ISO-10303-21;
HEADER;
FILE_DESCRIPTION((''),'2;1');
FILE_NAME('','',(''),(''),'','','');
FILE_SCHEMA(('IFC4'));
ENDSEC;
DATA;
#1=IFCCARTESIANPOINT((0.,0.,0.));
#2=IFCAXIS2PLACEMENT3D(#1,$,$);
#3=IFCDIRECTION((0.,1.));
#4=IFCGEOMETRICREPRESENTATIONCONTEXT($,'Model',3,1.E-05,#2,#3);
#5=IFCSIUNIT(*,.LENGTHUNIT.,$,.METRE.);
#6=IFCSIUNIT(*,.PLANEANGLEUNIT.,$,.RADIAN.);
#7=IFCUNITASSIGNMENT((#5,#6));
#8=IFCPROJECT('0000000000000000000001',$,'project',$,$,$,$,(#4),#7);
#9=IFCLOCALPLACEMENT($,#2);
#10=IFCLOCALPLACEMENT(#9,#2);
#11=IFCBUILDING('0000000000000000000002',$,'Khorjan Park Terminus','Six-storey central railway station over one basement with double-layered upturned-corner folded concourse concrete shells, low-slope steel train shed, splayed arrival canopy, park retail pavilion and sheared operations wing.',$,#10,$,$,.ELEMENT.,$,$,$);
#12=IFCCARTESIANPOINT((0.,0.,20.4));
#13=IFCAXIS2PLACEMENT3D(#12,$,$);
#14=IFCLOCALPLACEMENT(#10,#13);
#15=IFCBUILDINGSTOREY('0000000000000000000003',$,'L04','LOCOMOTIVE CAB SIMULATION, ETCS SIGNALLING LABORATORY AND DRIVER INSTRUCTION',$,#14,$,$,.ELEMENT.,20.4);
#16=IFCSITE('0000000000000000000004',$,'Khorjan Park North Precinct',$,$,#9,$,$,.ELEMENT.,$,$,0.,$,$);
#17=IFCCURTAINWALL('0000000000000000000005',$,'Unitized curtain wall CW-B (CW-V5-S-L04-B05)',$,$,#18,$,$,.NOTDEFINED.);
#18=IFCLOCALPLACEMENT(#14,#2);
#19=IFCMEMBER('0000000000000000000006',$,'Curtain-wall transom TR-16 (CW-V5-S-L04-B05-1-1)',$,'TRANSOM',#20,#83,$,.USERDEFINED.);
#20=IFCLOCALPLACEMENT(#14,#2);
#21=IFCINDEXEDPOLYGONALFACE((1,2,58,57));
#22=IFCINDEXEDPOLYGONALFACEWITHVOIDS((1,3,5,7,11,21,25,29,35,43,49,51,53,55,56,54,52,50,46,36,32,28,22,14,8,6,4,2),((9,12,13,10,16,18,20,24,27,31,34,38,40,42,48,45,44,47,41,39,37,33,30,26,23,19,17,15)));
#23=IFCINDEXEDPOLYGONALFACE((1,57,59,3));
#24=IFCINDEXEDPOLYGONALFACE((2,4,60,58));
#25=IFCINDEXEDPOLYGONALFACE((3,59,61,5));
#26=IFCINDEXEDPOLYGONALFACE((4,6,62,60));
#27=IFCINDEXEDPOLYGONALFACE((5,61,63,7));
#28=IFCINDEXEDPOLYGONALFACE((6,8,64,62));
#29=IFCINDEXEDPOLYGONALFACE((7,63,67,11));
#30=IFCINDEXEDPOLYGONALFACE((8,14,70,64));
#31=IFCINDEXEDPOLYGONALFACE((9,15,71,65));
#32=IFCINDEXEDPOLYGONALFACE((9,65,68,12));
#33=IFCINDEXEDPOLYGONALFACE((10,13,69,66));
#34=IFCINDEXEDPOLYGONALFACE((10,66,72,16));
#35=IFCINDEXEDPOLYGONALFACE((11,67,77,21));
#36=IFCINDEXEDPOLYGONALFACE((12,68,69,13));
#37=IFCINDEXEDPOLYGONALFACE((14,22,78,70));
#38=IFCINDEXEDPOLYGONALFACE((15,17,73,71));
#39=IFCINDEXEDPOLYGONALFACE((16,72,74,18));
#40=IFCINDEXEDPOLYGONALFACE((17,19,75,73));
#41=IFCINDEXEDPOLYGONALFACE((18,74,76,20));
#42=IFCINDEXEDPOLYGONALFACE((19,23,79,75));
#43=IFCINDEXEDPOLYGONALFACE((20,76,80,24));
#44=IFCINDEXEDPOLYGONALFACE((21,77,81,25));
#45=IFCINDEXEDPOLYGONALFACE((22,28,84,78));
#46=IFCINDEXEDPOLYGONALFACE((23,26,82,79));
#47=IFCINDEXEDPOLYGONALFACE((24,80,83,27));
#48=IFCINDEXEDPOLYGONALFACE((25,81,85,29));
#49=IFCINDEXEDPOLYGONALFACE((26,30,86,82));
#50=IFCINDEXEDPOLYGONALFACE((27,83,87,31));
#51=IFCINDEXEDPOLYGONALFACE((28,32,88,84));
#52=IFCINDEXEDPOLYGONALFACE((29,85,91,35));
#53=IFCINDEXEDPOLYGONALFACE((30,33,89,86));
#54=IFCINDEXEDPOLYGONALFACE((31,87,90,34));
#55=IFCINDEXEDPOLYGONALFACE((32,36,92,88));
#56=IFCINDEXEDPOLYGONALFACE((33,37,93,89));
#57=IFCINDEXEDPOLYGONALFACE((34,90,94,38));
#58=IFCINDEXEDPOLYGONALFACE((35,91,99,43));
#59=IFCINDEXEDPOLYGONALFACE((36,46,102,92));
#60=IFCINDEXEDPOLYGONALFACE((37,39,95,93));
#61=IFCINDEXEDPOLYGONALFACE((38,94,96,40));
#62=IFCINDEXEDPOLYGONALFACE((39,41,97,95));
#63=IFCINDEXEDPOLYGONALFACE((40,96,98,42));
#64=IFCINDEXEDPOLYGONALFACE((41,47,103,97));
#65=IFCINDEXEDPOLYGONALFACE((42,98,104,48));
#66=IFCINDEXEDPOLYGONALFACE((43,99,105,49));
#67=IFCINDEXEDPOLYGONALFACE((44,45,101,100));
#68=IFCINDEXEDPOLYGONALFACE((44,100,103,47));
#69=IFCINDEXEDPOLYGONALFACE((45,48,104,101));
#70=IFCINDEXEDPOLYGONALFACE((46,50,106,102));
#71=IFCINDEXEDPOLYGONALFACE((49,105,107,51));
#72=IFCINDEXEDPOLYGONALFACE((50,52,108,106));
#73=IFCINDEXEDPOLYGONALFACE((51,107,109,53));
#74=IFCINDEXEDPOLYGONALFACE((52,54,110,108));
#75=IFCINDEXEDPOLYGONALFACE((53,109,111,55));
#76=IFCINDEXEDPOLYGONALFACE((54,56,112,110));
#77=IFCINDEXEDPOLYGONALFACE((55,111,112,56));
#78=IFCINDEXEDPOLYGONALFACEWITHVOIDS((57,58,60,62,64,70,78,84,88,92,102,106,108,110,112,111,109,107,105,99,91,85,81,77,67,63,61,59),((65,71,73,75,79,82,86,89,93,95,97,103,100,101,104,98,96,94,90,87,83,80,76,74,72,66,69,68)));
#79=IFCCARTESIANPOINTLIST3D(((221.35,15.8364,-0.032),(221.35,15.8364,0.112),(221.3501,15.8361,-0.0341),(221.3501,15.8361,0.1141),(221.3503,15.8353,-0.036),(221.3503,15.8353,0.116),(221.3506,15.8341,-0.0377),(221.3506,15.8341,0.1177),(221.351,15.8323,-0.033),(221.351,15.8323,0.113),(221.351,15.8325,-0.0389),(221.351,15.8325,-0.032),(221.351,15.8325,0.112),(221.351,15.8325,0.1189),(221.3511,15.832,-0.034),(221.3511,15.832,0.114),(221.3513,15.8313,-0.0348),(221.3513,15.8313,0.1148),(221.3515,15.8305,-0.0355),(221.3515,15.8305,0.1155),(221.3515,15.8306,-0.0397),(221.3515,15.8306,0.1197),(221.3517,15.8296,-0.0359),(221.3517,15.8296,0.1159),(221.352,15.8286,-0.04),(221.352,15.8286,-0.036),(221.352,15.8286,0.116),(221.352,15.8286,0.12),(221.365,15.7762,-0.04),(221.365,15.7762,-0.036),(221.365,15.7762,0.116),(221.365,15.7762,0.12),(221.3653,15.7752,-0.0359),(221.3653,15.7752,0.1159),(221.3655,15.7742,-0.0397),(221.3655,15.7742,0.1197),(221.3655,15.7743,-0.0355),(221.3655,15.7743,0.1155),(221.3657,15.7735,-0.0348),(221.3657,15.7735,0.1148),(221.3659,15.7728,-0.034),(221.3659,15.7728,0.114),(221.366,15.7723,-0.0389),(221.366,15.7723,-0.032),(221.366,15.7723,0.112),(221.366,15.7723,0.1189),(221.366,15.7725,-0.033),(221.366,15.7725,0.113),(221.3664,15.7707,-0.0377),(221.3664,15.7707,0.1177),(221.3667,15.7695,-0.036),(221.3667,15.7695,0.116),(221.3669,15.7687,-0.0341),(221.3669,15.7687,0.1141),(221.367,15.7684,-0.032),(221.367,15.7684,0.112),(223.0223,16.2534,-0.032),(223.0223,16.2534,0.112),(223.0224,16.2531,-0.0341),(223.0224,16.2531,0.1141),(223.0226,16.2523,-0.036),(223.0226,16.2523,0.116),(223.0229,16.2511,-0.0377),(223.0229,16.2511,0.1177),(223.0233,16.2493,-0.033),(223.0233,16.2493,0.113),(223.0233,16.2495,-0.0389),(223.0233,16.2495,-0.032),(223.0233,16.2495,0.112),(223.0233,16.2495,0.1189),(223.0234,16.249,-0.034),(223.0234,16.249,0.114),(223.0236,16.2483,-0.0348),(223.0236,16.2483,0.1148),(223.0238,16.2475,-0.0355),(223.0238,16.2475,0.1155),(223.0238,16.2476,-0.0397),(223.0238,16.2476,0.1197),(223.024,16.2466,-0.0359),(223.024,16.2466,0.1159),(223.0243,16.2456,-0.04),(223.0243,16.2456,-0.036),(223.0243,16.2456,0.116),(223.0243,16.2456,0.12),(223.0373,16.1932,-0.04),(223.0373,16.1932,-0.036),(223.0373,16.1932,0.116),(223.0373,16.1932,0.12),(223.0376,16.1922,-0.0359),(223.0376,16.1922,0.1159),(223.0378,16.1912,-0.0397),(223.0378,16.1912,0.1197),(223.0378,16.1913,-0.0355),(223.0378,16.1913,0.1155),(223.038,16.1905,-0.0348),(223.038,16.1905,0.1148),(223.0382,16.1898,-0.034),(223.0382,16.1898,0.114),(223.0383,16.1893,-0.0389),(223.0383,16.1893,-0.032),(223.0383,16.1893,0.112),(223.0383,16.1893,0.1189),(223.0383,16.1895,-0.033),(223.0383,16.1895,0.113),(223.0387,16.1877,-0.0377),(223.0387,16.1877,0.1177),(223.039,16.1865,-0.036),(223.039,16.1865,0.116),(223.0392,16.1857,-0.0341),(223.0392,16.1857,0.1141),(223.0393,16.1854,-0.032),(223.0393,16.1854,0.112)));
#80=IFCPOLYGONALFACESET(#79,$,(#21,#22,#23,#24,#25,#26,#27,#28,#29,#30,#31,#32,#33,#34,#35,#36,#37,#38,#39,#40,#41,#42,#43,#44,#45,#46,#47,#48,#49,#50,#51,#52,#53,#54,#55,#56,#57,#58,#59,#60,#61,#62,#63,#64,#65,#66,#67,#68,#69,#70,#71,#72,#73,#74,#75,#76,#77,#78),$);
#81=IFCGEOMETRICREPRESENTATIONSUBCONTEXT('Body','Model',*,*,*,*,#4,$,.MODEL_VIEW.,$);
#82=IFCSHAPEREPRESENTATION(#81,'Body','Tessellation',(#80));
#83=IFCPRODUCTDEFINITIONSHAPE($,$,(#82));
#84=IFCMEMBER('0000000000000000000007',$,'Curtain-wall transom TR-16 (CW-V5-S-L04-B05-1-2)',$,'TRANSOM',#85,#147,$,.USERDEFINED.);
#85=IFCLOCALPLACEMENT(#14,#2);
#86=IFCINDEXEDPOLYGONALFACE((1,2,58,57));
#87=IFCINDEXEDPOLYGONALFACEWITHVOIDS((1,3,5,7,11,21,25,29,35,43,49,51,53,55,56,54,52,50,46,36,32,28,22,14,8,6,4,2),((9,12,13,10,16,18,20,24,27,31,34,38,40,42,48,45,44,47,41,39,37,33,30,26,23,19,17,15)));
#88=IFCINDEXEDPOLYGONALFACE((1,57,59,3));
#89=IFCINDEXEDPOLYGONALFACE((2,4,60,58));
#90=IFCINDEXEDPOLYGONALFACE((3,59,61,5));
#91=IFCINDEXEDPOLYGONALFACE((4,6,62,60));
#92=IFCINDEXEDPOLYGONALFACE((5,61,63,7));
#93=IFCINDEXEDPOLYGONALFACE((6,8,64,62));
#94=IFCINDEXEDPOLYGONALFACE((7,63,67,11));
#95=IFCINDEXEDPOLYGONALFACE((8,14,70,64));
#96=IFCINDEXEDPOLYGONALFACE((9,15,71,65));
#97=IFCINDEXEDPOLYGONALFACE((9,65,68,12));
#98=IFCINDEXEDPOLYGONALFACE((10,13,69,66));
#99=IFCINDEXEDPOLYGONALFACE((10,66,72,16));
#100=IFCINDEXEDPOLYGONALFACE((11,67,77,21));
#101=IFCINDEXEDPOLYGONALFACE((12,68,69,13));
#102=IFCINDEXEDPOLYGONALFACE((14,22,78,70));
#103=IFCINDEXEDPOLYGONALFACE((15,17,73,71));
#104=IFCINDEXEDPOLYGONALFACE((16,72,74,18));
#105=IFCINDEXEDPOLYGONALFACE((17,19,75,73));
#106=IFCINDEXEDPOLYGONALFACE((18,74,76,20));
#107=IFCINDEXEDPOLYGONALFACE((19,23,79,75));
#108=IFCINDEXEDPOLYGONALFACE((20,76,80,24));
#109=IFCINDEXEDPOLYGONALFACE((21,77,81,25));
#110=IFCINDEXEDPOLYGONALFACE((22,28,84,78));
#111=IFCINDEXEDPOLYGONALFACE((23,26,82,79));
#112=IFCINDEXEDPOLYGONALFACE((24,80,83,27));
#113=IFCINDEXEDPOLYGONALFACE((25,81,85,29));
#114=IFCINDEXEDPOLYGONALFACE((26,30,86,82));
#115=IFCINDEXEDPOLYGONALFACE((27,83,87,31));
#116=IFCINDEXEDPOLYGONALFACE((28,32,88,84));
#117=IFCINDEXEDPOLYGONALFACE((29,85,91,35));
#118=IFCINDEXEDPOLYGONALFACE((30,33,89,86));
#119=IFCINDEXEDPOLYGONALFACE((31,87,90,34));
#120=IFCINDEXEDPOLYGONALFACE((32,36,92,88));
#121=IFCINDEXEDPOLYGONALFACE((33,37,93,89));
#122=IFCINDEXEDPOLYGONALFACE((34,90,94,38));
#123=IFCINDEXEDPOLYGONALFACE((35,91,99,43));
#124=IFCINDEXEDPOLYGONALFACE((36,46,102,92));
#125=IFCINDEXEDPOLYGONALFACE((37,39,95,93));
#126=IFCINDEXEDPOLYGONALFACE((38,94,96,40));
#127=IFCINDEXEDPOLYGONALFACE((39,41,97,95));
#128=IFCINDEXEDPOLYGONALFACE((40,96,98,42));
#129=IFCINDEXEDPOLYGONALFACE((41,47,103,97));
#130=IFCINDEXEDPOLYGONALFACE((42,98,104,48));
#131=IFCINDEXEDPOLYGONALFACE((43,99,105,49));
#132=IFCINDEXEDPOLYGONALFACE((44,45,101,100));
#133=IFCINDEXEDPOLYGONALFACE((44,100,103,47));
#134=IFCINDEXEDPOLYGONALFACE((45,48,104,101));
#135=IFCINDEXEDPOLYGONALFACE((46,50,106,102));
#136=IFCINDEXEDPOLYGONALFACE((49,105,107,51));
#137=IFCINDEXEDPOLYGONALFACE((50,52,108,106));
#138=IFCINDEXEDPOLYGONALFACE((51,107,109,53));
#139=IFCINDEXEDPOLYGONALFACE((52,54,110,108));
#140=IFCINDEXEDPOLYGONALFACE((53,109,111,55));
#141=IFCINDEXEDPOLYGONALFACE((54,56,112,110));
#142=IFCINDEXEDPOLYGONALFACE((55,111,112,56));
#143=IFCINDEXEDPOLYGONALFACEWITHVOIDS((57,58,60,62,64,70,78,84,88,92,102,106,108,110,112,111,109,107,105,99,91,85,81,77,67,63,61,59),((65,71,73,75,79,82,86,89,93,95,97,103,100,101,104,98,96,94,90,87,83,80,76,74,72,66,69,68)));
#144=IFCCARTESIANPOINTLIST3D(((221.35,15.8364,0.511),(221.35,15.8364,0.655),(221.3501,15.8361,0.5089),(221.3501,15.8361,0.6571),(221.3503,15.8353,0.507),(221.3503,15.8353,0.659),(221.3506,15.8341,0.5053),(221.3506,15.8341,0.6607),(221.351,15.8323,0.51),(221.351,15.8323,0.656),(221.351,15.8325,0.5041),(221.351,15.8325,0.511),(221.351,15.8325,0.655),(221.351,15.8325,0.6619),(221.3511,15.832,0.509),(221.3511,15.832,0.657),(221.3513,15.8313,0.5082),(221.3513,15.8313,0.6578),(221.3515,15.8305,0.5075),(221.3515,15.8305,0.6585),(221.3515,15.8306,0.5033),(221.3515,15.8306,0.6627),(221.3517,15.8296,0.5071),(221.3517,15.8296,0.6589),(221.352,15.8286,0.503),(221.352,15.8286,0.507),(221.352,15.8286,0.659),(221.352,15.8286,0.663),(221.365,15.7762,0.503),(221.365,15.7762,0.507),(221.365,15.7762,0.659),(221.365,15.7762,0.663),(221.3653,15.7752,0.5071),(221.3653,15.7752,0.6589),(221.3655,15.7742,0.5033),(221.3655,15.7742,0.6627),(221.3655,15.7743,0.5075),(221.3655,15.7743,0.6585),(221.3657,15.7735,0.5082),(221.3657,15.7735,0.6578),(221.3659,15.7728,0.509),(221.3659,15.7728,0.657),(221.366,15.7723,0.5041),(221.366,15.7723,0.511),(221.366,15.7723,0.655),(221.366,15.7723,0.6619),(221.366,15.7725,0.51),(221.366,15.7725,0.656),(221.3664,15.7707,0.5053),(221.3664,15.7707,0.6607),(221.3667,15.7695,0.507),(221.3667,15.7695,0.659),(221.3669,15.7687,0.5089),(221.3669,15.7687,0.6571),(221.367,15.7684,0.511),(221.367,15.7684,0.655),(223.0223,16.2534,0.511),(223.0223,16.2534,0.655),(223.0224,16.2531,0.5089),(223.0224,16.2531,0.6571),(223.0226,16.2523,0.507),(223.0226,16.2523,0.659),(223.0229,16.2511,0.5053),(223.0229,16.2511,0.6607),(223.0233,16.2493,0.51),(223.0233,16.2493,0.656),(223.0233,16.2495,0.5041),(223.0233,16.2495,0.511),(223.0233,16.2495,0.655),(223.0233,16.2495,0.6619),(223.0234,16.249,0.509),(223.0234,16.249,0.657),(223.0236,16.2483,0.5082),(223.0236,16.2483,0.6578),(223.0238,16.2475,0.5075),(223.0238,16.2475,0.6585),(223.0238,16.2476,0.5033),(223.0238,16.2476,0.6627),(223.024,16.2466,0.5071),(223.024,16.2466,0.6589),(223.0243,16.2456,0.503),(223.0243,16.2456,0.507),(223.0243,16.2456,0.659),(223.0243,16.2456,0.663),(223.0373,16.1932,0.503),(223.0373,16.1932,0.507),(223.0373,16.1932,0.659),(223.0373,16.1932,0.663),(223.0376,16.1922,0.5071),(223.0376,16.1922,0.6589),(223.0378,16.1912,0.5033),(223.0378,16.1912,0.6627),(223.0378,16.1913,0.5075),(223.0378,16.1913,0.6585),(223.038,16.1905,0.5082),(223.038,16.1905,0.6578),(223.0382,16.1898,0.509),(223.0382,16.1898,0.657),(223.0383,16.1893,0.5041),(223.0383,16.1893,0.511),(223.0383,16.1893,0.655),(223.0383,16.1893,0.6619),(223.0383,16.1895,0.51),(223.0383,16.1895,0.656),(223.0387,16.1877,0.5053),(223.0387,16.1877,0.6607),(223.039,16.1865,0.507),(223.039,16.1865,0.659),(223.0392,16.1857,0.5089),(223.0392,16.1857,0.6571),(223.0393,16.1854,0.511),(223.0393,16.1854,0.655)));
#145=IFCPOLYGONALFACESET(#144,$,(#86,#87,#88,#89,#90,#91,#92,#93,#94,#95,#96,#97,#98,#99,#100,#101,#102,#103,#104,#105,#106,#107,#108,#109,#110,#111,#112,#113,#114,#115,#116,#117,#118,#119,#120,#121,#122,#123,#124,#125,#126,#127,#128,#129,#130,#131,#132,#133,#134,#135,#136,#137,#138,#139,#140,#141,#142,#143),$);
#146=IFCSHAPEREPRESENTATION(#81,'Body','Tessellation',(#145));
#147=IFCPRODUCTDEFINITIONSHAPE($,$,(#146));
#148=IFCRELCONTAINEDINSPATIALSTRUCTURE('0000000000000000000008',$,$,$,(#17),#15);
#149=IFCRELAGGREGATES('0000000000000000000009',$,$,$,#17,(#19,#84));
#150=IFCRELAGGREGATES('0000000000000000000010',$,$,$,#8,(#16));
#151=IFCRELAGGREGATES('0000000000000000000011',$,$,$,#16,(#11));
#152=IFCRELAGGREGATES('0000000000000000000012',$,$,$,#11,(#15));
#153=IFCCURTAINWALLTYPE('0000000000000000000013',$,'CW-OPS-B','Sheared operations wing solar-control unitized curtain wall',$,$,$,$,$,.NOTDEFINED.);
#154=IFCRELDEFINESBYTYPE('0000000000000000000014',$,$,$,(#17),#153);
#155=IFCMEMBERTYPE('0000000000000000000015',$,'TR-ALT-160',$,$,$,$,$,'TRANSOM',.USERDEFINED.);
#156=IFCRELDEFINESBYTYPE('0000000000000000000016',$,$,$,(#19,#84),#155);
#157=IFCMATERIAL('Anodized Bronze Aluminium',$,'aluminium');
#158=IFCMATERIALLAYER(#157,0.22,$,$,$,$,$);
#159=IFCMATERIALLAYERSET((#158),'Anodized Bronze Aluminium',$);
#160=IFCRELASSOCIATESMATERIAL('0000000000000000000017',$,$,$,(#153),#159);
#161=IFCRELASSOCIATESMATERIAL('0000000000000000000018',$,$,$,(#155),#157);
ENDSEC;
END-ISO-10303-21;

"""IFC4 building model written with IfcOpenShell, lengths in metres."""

from ifc_helpers import new_model, si_unit, direction, frame, origin, origin_2d, place, context, subcontext, project, spatial, hollow_rectangle, extrude, material, layer, layer_set, material_profile, profile_set, type_object, element, aggregate, save


model = new_model("IFC4")

# Units and contexts
model_context = context("Model", 3, precision=1e-05, world=origin(), true_north=direction((0.0, 1.0)))
body_context = subcontext(model_context, "Body", "Model", "MODEL_VIEW")
ifc_project = project(units=[si_unit("LENGTHUNIT", "METRE"), si_unit("PLANEANGLEUNIT", "RADIAN")], contexts=[model_context])

# Site, building, storey
site_placement = place(None, origin())
site = spatial("IfcSite", under=ifc_project, at=site_placement, Name="Khorjan Park North Precinct", CompositionType="ELEMENT", RefElevation=0.0)
building_placement = place(site_placement, origin())
building = spatial("IfcBuilding", under=site, at=building_placement, Name="Khorjan Park Terminus", Description="Six-storey central railway station over one basement with double-layered upturned-corner folded concourse concrete shells, low-slope steel train shed, splayed arrival canopy, park retail pavilion and sheared operations wing.", CompositionType="ELEMENT")
storey_placement = place(building_placement, frame((0.0, 0.0, 20.4)))
storey = spatial("IfcBuildingStorey", under=building, at=storey_placement, Name="L04", Description="LOCOMOTIVE CAB SIMULATION, ETCS SIGNALLING LABORATORY AND DRIVER INSTRUCTION", CompositionType="ELEMENT", Elevation=20.4)

# Curtain wall, members
ifc_material_1 = material(Name="Anodized Bronze Aluminium", Category="aluminium")
ifc_layer_1 = layer(ifc_material_1, 0.22)
ifc_layer_set_1 = layer_set([ifc_layer_1], Name="Anodized Bronze Aluminium")
curtain_wall_type = type_object("IfcCurtainWallType", Name="CW-OPS-B", Description="Sheared operations wing solar-control unitized curtain wall", PredefinedType="NOTDEFINED", material=ifc_layer_set_1)
curtain_wall_placement = place(storey_placement, origin())
curtain_wall = element("IfcCurtainWall", 1, at=curtain_wall_placement, inside=storey, type_object=curtain_wall_type, Name="Unitized curtain wall CW-B (CW-V5-S-L04-B05)", PredefinedType="NOTDEFINED")
ifc_material_profile_1 = material_profile(ifc_material_1, hollow_rectangle(XDim=0.07, YDim=0.16, WallThickness=0.004, InnerFilletRadius=0.004, OuterFilletRadius=0.008, at=origin_2d()), Name="ALT 70x160x4")
ifc_profile_set_1 = profile_set([ifc_material_profile_1], Name="Anodized Bronze Aluminium")
member_type_1 = type_object("IfcMemberType", Name="TR-ALT-160", ElementType="TRANSOM", PredefinedType="USERDEFINED", material=ifc_profile_set_1)
member_1_placement = place(storey_placement, frame((221.3585, 15.8024, 0.04), z_axis=(0.970289, 0.241949, 0.0), x_axis=(-0.241949, 0.970289, 0.0)))
member_1 = element("IfcMember", 2, at=member_1_placement, type_object=member_type_1, Name="Curtain-wall transom TR-16 (CW-V5-S-L04-B05-1-1)", ObjectType="TRANSOM", PredefinedType="USERDEFINED", context=body_context, shape_type="SweptSolid", body=[
    extrude(hollow_rectangle(XDim=0.07, YDim=0.16, WallThickness=0.004, InnerFilletRadius=0.004, OuterFilletRadius=0.008, at=origin_2d()), origin(), (0.0, 0.0, 1.0), 1.7235),
])
member_2_placement = place(storey_placement, frame((221.3585, 15.8024, 0.583), z_axis=(0.970289, 0.241949, 0.0), x_axis=(-0.241949, 0.970289, 0.0)))
member_2 = element("IfcMember", 3, at=member_2_placement, type_object=member_type_1, Name="Curtain-wall transom TR-16 (CW-V5-S-L04-B05-1-2)", ObjectType="TRANSOM", PredefinedType="USERDEFINED", context=body_context, shape_type="SweptSolid", body=[
    extrude(hollow_rectangle(XDim=0.07, YDim=0.16, WallThickness=0.004, InnerFilletRadius=0.004, OuterFilletRadius=0.008, at=origin_2d()), origin(), (0.0, 0.0, 1.0), 1.7235),
])
aggregate(curtain_wall, [member_1, member_2])

save(model, "model.ifc")
